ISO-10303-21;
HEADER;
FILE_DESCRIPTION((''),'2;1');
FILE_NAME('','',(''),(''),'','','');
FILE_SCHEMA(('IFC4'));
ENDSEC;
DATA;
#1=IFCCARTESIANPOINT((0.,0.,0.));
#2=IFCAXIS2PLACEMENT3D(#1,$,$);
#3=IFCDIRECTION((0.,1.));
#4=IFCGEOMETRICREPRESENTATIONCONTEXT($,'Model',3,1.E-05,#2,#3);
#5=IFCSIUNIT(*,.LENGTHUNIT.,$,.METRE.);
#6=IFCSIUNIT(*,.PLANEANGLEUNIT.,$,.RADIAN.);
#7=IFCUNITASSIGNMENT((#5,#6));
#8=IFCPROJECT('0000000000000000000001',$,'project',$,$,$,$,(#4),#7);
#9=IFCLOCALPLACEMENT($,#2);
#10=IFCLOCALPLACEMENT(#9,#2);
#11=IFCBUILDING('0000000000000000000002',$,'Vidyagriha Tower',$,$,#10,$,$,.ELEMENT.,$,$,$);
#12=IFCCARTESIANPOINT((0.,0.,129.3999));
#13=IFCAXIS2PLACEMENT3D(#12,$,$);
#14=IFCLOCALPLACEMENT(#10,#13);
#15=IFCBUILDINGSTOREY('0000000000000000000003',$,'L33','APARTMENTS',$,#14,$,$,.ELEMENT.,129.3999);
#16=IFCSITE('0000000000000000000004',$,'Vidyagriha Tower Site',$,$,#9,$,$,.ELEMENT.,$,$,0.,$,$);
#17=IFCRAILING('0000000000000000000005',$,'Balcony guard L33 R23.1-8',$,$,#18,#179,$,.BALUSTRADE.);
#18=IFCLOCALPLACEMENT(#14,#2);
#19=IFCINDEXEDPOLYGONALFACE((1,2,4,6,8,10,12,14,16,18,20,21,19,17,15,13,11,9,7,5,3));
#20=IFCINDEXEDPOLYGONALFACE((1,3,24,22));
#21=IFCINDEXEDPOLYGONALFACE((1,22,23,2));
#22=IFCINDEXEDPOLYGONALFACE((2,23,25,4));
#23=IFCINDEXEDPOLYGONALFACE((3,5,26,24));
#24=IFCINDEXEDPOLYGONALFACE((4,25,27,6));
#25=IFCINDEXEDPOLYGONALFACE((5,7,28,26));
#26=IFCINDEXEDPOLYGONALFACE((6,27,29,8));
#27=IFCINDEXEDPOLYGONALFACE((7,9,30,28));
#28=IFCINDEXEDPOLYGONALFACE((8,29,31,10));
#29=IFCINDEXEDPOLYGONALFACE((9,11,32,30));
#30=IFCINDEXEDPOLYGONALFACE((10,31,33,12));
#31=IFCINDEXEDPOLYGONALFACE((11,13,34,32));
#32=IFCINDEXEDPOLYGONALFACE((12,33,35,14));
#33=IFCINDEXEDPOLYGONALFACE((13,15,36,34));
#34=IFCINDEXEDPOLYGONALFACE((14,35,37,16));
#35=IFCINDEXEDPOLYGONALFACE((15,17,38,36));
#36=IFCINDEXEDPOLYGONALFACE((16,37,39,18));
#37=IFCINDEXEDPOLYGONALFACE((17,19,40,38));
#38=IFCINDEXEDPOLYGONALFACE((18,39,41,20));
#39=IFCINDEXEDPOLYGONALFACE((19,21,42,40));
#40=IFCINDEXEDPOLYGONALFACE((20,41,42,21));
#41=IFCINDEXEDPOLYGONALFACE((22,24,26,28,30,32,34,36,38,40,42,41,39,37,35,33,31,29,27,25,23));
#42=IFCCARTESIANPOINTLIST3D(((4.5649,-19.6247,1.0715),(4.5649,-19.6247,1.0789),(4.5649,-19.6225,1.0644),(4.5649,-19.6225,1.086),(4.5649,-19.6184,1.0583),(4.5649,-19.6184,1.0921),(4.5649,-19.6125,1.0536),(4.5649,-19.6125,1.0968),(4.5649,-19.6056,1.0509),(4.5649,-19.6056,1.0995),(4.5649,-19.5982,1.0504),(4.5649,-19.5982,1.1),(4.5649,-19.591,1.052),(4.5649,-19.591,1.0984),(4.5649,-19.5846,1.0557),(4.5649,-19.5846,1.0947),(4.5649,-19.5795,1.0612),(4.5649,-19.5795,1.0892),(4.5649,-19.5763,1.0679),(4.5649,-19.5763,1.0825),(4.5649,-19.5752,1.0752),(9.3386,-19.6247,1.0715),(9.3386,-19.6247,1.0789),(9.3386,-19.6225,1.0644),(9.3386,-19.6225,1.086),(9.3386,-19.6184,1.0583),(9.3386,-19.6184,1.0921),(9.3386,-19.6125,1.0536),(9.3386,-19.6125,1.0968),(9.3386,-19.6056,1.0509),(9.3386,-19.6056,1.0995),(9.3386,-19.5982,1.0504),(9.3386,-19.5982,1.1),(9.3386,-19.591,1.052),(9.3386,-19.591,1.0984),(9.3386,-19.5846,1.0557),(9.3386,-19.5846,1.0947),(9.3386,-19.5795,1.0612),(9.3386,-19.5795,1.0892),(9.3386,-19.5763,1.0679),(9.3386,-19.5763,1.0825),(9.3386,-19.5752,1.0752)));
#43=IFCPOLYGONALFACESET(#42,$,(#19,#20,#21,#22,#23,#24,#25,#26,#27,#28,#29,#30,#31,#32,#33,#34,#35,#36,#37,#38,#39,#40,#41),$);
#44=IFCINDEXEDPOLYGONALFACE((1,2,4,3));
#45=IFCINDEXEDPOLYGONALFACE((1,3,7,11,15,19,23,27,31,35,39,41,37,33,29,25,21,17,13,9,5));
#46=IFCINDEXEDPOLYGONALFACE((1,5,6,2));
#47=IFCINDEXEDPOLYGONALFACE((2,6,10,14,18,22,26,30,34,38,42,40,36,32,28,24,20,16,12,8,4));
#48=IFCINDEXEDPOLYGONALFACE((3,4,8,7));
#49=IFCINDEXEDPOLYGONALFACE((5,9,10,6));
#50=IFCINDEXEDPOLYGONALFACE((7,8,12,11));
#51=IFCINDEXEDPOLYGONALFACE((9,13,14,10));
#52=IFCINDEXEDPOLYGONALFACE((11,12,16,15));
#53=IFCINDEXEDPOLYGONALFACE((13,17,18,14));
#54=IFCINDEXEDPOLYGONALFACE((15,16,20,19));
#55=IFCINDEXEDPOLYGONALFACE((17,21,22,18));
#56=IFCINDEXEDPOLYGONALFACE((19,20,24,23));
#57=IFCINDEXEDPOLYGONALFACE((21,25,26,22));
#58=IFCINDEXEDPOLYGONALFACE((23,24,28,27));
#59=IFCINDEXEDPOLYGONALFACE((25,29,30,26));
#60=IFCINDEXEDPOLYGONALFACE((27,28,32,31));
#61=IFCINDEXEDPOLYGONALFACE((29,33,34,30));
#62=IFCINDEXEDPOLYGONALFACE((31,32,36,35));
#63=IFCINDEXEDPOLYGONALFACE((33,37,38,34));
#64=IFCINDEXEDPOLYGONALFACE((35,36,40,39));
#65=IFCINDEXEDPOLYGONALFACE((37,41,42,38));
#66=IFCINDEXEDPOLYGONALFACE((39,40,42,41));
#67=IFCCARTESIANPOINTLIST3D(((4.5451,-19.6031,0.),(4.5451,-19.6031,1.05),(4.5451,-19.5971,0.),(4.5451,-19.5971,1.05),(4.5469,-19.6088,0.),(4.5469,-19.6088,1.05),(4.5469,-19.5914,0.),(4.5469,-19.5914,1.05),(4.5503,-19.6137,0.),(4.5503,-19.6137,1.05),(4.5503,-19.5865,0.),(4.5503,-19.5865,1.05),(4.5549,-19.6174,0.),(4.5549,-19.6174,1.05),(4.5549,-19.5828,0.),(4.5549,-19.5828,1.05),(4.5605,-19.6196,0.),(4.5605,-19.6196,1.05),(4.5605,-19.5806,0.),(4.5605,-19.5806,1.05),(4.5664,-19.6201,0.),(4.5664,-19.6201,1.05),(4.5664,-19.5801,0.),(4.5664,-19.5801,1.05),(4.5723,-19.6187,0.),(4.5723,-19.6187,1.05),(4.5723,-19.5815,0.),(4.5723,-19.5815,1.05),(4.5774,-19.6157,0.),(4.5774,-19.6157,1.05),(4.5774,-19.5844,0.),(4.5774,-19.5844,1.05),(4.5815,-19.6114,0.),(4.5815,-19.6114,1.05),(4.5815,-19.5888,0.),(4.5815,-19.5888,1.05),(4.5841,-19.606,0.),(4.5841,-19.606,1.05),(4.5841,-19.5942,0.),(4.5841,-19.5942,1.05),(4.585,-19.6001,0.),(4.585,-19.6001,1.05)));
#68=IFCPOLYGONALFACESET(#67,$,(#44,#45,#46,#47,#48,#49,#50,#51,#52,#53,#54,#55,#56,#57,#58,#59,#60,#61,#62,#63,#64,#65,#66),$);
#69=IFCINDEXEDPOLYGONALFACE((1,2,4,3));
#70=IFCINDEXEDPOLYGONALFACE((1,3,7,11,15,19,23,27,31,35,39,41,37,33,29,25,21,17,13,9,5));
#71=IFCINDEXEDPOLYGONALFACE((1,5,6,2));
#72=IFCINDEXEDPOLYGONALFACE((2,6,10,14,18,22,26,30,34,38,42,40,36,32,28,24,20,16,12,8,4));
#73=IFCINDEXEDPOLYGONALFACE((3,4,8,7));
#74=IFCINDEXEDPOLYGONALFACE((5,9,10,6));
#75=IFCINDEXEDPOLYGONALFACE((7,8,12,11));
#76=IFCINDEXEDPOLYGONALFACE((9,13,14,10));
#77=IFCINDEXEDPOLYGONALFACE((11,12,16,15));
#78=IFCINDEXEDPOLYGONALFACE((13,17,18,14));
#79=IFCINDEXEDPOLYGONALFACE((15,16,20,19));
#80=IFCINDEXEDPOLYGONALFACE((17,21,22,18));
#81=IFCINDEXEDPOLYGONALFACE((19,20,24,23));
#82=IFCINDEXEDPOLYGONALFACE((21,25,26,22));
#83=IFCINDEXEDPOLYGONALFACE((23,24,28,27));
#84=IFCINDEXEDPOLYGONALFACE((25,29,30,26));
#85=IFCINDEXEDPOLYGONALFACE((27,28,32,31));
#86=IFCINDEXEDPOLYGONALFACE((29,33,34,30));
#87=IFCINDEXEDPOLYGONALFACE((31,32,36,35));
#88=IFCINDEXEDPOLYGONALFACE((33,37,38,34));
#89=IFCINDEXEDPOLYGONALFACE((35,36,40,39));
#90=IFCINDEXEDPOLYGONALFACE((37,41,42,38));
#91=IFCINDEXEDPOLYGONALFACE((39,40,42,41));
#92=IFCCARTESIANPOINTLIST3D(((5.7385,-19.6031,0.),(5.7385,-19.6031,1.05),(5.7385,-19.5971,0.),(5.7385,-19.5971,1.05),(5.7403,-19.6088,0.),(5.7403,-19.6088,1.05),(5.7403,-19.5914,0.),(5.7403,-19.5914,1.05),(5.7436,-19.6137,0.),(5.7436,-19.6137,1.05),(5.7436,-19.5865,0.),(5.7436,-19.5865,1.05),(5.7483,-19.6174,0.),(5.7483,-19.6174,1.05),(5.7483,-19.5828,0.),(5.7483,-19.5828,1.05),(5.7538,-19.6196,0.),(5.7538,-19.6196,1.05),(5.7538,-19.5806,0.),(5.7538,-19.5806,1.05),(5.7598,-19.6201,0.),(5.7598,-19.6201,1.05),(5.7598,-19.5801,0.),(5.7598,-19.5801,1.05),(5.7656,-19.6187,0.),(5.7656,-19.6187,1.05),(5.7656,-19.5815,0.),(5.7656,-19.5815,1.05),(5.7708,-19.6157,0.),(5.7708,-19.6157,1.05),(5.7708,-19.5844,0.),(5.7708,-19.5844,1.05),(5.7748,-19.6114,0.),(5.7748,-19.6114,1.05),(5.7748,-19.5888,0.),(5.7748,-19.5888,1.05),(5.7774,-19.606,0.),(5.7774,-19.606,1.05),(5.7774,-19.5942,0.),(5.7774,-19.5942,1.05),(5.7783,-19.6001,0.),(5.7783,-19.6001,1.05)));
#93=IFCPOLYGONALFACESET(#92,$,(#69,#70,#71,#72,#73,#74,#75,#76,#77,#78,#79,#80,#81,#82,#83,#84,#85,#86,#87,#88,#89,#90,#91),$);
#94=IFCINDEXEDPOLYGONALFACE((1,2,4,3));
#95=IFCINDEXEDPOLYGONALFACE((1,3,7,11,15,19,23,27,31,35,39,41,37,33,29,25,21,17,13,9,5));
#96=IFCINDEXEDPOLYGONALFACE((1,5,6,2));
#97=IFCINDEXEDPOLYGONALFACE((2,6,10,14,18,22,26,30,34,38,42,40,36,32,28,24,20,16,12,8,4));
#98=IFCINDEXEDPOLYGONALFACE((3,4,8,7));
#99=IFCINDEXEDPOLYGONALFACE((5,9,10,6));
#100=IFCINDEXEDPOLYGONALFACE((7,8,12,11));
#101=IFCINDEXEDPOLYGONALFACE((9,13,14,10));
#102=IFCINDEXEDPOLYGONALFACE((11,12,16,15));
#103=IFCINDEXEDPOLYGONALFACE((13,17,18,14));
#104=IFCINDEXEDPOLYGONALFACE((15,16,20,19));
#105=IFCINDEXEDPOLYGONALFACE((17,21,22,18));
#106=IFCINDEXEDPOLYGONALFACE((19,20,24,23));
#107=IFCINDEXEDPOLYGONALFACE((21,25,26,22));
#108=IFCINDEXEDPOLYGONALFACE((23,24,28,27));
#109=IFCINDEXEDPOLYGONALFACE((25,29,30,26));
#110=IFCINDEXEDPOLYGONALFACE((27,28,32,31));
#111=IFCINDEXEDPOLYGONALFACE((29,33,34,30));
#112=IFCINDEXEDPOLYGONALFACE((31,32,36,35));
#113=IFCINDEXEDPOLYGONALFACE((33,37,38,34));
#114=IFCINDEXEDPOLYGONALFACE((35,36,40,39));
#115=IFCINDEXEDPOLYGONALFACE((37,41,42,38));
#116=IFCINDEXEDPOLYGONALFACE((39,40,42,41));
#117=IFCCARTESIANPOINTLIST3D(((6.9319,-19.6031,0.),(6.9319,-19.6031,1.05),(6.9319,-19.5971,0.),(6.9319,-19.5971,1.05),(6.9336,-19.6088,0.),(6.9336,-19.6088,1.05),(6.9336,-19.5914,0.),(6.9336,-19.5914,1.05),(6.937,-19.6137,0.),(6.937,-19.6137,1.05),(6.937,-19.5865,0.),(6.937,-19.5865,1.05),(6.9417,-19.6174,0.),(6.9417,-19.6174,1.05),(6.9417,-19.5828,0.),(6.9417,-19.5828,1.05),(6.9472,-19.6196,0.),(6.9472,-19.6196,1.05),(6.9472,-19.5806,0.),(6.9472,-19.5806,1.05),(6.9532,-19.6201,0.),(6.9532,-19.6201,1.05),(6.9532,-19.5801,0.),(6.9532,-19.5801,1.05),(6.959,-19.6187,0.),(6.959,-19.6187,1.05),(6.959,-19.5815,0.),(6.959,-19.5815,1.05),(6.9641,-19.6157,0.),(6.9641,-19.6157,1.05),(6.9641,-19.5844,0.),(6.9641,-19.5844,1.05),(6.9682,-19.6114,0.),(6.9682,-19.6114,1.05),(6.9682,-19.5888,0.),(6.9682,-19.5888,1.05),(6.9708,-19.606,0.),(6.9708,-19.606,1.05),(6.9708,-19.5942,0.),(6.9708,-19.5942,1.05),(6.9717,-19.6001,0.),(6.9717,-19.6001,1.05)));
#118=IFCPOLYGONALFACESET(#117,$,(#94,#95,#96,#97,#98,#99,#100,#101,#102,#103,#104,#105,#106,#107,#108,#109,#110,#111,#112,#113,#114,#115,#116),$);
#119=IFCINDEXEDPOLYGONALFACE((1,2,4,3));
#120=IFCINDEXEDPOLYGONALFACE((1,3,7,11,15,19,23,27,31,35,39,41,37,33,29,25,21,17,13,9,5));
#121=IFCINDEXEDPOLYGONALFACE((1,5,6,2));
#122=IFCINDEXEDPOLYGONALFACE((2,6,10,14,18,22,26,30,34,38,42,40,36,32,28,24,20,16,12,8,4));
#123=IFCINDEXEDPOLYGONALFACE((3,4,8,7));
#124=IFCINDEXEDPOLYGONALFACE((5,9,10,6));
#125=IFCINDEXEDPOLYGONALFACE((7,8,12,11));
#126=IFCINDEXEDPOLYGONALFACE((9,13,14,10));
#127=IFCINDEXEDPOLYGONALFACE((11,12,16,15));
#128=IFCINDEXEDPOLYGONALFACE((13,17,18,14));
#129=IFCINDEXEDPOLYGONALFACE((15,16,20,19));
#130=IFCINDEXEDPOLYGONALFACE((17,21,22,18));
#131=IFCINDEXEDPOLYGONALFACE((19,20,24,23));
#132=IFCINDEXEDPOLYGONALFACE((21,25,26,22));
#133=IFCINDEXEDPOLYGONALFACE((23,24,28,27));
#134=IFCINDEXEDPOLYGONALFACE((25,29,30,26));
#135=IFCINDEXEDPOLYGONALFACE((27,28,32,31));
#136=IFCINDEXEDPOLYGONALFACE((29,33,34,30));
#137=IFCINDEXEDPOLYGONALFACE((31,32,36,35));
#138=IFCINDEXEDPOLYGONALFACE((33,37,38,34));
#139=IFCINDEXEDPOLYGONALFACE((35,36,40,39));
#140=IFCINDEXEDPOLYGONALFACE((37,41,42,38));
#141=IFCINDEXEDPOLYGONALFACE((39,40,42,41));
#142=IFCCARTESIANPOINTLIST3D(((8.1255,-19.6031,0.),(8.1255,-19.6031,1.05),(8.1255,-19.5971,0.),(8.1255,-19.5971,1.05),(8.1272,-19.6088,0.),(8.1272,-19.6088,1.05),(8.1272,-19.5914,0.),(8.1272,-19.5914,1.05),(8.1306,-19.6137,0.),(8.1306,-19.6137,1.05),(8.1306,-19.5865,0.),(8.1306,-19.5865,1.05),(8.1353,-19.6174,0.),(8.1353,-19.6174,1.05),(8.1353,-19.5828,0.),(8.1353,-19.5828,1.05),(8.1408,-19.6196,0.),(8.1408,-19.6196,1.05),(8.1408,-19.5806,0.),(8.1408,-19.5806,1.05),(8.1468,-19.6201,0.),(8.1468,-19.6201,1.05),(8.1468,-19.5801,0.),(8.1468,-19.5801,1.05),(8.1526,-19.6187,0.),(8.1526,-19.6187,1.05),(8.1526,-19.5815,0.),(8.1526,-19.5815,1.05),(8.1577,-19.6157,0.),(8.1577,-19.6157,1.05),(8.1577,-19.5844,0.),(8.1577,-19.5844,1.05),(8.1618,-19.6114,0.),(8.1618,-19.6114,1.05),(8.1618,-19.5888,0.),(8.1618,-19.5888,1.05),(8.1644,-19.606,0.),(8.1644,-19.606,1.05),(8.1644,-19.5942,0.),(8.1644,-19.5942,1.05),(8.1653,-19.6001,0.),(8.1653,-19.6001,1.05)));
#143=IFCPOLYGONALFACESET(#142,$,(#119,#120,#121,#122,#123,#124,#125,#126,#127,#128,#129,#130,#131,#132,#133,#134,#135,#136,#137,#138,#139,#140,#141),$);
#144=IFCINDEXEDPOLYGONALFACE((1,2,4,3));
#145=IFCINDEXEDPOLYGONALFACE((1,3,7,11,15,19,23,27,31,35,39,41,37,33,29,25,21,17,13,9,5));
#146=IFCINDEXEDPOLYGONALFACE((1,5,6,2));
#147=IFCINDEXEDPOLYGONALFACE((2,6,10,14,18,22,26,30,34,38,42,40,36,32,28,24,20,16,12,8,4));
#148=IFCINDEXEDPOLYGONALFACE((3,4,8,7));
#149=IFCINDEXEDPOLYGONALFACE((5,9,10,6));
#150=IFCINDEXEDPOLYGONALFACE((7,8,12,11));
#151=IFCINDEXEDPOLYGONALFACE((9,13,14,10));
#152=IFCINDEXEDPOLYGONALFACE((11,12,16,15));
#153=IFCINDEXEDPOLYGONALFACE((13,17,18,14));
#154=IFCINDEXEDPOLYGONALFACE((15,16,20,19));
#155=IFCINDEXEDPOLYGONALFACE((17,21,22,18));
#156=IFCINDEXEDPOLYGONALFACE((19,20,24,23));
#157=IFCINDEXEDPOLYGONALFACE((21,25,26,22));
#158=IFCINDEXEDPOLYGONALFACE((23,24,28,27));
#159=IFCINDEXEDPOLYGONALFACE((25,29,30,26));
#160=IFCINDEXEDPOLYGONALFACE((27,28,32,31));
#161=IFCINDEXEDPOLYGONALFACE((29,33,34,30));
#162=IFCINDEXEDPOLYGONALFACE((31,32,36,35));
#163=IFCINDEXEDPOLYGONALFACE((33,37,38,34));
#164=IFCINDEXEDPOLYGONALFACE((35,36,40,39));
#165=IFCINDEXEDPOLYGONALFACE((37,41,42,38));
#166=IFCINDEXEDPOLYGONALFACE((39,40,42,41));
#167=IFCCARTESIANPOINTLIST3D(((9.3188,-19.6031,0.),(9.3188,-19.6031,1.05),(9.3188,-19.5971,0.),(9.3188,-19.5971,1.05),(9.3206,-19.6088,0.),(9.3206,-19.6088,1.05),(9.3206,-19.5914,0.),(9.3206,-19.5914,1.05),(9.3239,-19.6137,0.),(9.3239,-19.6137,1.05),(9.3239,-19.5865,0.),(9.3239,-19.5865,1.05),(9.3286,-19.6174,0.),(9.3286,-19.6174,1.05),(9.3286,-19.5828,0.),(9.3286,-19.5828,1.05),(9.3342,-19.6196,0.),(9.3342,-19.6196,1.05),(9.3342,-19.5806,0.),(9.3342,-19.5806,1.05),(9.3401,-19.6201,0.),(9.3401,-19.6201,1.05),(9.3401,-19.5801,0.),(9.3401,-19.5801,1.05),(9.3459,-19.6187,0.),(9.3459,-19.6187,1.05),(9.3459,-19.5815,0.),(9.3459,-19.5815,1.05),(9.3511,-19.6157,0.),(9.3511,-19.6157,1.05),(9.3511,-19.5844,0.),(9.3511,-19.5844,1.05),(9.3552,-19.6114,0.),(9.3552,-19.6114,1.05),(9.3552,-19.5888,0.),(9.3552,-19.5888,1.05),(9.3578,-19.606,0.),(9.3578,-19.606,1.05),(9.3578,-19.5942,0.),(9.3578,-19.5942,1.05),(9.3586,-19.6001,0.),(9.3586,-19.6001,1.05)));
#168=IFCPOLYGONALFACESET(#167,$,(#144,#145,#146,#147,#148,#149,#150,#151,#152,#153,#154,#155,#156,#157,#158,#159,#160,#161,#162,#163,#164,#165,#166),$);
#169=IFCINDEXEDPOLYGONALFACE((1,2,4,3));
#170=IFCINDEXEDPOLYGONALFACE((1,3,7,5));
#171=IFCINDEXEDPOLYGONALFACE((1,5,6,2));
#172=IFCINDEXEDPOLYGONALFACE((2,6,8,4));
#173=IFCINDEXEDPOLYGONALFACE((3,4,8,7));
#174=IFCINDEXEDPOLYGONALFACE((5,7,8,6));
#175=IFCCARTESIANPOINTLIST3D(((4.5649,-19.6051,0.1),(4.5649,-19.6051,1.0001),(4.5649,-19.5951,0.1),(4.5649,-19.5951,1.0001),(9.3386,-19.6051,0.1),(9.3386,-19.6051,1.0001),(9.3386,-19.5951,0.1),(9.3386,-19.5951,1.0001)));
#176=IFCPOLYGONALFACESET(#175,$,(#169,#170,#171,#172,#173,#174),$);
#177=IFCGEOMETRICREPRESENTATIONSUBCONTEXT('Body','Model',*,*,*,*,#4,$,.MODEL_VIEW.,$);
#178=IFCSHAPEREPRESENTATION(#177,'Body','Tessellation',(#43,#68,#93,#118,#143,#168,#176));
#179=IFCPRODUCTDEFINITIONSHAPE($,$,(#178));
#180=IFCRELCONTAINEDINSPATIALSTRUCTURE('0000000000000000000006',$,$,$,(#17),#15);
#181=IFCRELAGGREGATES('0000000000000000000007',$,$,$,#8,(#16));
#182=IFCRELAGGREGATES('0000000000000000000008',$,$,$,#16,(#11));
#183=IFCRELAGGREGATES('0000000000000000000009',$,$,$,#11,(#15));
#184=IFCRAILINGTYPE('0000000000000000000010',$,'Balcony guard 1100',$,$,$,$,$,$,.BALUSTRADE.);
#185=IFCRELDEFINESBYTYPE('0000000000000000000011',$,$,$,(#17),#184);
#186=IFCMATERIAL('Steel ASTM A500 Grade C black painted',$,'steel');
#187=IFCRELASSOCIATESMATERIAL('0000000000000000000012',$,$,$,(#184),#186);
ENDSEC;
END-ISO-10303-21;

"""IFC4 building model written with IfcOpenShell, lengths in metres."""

from ifc_helpers import new_model, si_unit, direction, frame, origin, origin_2d, place, context, subcontext, project, spatial, rectangle, circle, extrude, material, type_object, element, save


model = new_model("IFC4")

# Units and contexts
model_context = context("Model", 3, precision=1e-05, world=origin(), true_north=direction((0.0, 1.0)))
body_context = subcontext(model_context, "Body", "Model", "MODEL_VIEW")
ifc_project = project(units=[si_unit("LENGTHUNIT", "METRE"), si_unit("PLANEANGLEUNIT", "RADIAN")], contexts=[model_context])

# Site, building, storey
site_placement = place(None, origin())
site = spatial("IfcSite", under=ifc_project, at=site_placement, Name="Vidyagriha Tower Site", CompositionType="ELEMENT", RefElevation=0.0)
building_placement = place(site_placement, origin())
building = spatial("IfcBuilding", under=site, at=building_placement, Name="Vidyagriha Tower", CompositionType="ELEMENT")
storey_placement = place(building_placement, frame((0.0, 0.0, 129.3999)))
storey = spatial("IfcBuildingStorey", under=building, at=storey_placement, Name="L33", Description="APARTMENTS", CompositionType="ELEMENT", Elevation=129.3999)

# Railing
ifc_material_1 = material(Name="Steel ASTM A500 Grade C black painted", Category="steel")
railing_type = type_object("IfcRailingType", Name="Balcony guard 1100", PredefinedType="BALUSTRADE", material=ifc_material_1)
railing_1_placement = place(storey_placement, frame((4.5649, -19.6001, 0.0)))
element("IfcRailing", 1, at=railing_1_placement, inside=storey, type_object=railing_type, Name="Balcony guard L33 R23.1-8", PredefinedType="BALUSTRADE", context=body_context, shape_type="SweptSolid", body=[
    extrude(circle(Radius=0.0249, at=origin_2d()), frame((0.0, 0.0, 1.0752), z_axis=(1.0, 0.0, 0.0), x_axis=(0.0, 1.0, 0.0)), (0.0, 0.0, 1.0), 4.7737),
    extrude(circle(Radius=0.02, at=origin_2d()), origin(), (0.0, 0.0, 1.0), 1.05),
    extrude(circle(Radius=0.02, at=origin_2d()), frame((1.1934, 0.0, 0.0)), (0.0, 0.0, 1.0), 1.05),
    extrude(circle(Radius=0.02, at=origin_2d()), frame((2.3867, 0.0, 0.0)), (0.0, 0.0, 1.0), 1.05),
    extrude(circle(Radius=0.02, at=origin_2d()), frame((3.5803, 0.0, 0.0)), (0.0, 0.0, 1.0), 1.05),
    extrude(circle(Radius=0.02, at=origin_2d()), frame((4.7737, 0.0, 0.0)), (0.0, 0.0, 1.0), 1.05),
    extrude(rectangle(XDim=0.01, YDim=0.9001, at=origin_2d()), frame((0.0, 0.0, 0.55), z_axis=(1.0, 0.0, 0.0), x_axis=(0.0, 1.0, 0.0)), (0.0, 0.0, 1.0), 4.7737),
])

save(model, "model.ifc")
